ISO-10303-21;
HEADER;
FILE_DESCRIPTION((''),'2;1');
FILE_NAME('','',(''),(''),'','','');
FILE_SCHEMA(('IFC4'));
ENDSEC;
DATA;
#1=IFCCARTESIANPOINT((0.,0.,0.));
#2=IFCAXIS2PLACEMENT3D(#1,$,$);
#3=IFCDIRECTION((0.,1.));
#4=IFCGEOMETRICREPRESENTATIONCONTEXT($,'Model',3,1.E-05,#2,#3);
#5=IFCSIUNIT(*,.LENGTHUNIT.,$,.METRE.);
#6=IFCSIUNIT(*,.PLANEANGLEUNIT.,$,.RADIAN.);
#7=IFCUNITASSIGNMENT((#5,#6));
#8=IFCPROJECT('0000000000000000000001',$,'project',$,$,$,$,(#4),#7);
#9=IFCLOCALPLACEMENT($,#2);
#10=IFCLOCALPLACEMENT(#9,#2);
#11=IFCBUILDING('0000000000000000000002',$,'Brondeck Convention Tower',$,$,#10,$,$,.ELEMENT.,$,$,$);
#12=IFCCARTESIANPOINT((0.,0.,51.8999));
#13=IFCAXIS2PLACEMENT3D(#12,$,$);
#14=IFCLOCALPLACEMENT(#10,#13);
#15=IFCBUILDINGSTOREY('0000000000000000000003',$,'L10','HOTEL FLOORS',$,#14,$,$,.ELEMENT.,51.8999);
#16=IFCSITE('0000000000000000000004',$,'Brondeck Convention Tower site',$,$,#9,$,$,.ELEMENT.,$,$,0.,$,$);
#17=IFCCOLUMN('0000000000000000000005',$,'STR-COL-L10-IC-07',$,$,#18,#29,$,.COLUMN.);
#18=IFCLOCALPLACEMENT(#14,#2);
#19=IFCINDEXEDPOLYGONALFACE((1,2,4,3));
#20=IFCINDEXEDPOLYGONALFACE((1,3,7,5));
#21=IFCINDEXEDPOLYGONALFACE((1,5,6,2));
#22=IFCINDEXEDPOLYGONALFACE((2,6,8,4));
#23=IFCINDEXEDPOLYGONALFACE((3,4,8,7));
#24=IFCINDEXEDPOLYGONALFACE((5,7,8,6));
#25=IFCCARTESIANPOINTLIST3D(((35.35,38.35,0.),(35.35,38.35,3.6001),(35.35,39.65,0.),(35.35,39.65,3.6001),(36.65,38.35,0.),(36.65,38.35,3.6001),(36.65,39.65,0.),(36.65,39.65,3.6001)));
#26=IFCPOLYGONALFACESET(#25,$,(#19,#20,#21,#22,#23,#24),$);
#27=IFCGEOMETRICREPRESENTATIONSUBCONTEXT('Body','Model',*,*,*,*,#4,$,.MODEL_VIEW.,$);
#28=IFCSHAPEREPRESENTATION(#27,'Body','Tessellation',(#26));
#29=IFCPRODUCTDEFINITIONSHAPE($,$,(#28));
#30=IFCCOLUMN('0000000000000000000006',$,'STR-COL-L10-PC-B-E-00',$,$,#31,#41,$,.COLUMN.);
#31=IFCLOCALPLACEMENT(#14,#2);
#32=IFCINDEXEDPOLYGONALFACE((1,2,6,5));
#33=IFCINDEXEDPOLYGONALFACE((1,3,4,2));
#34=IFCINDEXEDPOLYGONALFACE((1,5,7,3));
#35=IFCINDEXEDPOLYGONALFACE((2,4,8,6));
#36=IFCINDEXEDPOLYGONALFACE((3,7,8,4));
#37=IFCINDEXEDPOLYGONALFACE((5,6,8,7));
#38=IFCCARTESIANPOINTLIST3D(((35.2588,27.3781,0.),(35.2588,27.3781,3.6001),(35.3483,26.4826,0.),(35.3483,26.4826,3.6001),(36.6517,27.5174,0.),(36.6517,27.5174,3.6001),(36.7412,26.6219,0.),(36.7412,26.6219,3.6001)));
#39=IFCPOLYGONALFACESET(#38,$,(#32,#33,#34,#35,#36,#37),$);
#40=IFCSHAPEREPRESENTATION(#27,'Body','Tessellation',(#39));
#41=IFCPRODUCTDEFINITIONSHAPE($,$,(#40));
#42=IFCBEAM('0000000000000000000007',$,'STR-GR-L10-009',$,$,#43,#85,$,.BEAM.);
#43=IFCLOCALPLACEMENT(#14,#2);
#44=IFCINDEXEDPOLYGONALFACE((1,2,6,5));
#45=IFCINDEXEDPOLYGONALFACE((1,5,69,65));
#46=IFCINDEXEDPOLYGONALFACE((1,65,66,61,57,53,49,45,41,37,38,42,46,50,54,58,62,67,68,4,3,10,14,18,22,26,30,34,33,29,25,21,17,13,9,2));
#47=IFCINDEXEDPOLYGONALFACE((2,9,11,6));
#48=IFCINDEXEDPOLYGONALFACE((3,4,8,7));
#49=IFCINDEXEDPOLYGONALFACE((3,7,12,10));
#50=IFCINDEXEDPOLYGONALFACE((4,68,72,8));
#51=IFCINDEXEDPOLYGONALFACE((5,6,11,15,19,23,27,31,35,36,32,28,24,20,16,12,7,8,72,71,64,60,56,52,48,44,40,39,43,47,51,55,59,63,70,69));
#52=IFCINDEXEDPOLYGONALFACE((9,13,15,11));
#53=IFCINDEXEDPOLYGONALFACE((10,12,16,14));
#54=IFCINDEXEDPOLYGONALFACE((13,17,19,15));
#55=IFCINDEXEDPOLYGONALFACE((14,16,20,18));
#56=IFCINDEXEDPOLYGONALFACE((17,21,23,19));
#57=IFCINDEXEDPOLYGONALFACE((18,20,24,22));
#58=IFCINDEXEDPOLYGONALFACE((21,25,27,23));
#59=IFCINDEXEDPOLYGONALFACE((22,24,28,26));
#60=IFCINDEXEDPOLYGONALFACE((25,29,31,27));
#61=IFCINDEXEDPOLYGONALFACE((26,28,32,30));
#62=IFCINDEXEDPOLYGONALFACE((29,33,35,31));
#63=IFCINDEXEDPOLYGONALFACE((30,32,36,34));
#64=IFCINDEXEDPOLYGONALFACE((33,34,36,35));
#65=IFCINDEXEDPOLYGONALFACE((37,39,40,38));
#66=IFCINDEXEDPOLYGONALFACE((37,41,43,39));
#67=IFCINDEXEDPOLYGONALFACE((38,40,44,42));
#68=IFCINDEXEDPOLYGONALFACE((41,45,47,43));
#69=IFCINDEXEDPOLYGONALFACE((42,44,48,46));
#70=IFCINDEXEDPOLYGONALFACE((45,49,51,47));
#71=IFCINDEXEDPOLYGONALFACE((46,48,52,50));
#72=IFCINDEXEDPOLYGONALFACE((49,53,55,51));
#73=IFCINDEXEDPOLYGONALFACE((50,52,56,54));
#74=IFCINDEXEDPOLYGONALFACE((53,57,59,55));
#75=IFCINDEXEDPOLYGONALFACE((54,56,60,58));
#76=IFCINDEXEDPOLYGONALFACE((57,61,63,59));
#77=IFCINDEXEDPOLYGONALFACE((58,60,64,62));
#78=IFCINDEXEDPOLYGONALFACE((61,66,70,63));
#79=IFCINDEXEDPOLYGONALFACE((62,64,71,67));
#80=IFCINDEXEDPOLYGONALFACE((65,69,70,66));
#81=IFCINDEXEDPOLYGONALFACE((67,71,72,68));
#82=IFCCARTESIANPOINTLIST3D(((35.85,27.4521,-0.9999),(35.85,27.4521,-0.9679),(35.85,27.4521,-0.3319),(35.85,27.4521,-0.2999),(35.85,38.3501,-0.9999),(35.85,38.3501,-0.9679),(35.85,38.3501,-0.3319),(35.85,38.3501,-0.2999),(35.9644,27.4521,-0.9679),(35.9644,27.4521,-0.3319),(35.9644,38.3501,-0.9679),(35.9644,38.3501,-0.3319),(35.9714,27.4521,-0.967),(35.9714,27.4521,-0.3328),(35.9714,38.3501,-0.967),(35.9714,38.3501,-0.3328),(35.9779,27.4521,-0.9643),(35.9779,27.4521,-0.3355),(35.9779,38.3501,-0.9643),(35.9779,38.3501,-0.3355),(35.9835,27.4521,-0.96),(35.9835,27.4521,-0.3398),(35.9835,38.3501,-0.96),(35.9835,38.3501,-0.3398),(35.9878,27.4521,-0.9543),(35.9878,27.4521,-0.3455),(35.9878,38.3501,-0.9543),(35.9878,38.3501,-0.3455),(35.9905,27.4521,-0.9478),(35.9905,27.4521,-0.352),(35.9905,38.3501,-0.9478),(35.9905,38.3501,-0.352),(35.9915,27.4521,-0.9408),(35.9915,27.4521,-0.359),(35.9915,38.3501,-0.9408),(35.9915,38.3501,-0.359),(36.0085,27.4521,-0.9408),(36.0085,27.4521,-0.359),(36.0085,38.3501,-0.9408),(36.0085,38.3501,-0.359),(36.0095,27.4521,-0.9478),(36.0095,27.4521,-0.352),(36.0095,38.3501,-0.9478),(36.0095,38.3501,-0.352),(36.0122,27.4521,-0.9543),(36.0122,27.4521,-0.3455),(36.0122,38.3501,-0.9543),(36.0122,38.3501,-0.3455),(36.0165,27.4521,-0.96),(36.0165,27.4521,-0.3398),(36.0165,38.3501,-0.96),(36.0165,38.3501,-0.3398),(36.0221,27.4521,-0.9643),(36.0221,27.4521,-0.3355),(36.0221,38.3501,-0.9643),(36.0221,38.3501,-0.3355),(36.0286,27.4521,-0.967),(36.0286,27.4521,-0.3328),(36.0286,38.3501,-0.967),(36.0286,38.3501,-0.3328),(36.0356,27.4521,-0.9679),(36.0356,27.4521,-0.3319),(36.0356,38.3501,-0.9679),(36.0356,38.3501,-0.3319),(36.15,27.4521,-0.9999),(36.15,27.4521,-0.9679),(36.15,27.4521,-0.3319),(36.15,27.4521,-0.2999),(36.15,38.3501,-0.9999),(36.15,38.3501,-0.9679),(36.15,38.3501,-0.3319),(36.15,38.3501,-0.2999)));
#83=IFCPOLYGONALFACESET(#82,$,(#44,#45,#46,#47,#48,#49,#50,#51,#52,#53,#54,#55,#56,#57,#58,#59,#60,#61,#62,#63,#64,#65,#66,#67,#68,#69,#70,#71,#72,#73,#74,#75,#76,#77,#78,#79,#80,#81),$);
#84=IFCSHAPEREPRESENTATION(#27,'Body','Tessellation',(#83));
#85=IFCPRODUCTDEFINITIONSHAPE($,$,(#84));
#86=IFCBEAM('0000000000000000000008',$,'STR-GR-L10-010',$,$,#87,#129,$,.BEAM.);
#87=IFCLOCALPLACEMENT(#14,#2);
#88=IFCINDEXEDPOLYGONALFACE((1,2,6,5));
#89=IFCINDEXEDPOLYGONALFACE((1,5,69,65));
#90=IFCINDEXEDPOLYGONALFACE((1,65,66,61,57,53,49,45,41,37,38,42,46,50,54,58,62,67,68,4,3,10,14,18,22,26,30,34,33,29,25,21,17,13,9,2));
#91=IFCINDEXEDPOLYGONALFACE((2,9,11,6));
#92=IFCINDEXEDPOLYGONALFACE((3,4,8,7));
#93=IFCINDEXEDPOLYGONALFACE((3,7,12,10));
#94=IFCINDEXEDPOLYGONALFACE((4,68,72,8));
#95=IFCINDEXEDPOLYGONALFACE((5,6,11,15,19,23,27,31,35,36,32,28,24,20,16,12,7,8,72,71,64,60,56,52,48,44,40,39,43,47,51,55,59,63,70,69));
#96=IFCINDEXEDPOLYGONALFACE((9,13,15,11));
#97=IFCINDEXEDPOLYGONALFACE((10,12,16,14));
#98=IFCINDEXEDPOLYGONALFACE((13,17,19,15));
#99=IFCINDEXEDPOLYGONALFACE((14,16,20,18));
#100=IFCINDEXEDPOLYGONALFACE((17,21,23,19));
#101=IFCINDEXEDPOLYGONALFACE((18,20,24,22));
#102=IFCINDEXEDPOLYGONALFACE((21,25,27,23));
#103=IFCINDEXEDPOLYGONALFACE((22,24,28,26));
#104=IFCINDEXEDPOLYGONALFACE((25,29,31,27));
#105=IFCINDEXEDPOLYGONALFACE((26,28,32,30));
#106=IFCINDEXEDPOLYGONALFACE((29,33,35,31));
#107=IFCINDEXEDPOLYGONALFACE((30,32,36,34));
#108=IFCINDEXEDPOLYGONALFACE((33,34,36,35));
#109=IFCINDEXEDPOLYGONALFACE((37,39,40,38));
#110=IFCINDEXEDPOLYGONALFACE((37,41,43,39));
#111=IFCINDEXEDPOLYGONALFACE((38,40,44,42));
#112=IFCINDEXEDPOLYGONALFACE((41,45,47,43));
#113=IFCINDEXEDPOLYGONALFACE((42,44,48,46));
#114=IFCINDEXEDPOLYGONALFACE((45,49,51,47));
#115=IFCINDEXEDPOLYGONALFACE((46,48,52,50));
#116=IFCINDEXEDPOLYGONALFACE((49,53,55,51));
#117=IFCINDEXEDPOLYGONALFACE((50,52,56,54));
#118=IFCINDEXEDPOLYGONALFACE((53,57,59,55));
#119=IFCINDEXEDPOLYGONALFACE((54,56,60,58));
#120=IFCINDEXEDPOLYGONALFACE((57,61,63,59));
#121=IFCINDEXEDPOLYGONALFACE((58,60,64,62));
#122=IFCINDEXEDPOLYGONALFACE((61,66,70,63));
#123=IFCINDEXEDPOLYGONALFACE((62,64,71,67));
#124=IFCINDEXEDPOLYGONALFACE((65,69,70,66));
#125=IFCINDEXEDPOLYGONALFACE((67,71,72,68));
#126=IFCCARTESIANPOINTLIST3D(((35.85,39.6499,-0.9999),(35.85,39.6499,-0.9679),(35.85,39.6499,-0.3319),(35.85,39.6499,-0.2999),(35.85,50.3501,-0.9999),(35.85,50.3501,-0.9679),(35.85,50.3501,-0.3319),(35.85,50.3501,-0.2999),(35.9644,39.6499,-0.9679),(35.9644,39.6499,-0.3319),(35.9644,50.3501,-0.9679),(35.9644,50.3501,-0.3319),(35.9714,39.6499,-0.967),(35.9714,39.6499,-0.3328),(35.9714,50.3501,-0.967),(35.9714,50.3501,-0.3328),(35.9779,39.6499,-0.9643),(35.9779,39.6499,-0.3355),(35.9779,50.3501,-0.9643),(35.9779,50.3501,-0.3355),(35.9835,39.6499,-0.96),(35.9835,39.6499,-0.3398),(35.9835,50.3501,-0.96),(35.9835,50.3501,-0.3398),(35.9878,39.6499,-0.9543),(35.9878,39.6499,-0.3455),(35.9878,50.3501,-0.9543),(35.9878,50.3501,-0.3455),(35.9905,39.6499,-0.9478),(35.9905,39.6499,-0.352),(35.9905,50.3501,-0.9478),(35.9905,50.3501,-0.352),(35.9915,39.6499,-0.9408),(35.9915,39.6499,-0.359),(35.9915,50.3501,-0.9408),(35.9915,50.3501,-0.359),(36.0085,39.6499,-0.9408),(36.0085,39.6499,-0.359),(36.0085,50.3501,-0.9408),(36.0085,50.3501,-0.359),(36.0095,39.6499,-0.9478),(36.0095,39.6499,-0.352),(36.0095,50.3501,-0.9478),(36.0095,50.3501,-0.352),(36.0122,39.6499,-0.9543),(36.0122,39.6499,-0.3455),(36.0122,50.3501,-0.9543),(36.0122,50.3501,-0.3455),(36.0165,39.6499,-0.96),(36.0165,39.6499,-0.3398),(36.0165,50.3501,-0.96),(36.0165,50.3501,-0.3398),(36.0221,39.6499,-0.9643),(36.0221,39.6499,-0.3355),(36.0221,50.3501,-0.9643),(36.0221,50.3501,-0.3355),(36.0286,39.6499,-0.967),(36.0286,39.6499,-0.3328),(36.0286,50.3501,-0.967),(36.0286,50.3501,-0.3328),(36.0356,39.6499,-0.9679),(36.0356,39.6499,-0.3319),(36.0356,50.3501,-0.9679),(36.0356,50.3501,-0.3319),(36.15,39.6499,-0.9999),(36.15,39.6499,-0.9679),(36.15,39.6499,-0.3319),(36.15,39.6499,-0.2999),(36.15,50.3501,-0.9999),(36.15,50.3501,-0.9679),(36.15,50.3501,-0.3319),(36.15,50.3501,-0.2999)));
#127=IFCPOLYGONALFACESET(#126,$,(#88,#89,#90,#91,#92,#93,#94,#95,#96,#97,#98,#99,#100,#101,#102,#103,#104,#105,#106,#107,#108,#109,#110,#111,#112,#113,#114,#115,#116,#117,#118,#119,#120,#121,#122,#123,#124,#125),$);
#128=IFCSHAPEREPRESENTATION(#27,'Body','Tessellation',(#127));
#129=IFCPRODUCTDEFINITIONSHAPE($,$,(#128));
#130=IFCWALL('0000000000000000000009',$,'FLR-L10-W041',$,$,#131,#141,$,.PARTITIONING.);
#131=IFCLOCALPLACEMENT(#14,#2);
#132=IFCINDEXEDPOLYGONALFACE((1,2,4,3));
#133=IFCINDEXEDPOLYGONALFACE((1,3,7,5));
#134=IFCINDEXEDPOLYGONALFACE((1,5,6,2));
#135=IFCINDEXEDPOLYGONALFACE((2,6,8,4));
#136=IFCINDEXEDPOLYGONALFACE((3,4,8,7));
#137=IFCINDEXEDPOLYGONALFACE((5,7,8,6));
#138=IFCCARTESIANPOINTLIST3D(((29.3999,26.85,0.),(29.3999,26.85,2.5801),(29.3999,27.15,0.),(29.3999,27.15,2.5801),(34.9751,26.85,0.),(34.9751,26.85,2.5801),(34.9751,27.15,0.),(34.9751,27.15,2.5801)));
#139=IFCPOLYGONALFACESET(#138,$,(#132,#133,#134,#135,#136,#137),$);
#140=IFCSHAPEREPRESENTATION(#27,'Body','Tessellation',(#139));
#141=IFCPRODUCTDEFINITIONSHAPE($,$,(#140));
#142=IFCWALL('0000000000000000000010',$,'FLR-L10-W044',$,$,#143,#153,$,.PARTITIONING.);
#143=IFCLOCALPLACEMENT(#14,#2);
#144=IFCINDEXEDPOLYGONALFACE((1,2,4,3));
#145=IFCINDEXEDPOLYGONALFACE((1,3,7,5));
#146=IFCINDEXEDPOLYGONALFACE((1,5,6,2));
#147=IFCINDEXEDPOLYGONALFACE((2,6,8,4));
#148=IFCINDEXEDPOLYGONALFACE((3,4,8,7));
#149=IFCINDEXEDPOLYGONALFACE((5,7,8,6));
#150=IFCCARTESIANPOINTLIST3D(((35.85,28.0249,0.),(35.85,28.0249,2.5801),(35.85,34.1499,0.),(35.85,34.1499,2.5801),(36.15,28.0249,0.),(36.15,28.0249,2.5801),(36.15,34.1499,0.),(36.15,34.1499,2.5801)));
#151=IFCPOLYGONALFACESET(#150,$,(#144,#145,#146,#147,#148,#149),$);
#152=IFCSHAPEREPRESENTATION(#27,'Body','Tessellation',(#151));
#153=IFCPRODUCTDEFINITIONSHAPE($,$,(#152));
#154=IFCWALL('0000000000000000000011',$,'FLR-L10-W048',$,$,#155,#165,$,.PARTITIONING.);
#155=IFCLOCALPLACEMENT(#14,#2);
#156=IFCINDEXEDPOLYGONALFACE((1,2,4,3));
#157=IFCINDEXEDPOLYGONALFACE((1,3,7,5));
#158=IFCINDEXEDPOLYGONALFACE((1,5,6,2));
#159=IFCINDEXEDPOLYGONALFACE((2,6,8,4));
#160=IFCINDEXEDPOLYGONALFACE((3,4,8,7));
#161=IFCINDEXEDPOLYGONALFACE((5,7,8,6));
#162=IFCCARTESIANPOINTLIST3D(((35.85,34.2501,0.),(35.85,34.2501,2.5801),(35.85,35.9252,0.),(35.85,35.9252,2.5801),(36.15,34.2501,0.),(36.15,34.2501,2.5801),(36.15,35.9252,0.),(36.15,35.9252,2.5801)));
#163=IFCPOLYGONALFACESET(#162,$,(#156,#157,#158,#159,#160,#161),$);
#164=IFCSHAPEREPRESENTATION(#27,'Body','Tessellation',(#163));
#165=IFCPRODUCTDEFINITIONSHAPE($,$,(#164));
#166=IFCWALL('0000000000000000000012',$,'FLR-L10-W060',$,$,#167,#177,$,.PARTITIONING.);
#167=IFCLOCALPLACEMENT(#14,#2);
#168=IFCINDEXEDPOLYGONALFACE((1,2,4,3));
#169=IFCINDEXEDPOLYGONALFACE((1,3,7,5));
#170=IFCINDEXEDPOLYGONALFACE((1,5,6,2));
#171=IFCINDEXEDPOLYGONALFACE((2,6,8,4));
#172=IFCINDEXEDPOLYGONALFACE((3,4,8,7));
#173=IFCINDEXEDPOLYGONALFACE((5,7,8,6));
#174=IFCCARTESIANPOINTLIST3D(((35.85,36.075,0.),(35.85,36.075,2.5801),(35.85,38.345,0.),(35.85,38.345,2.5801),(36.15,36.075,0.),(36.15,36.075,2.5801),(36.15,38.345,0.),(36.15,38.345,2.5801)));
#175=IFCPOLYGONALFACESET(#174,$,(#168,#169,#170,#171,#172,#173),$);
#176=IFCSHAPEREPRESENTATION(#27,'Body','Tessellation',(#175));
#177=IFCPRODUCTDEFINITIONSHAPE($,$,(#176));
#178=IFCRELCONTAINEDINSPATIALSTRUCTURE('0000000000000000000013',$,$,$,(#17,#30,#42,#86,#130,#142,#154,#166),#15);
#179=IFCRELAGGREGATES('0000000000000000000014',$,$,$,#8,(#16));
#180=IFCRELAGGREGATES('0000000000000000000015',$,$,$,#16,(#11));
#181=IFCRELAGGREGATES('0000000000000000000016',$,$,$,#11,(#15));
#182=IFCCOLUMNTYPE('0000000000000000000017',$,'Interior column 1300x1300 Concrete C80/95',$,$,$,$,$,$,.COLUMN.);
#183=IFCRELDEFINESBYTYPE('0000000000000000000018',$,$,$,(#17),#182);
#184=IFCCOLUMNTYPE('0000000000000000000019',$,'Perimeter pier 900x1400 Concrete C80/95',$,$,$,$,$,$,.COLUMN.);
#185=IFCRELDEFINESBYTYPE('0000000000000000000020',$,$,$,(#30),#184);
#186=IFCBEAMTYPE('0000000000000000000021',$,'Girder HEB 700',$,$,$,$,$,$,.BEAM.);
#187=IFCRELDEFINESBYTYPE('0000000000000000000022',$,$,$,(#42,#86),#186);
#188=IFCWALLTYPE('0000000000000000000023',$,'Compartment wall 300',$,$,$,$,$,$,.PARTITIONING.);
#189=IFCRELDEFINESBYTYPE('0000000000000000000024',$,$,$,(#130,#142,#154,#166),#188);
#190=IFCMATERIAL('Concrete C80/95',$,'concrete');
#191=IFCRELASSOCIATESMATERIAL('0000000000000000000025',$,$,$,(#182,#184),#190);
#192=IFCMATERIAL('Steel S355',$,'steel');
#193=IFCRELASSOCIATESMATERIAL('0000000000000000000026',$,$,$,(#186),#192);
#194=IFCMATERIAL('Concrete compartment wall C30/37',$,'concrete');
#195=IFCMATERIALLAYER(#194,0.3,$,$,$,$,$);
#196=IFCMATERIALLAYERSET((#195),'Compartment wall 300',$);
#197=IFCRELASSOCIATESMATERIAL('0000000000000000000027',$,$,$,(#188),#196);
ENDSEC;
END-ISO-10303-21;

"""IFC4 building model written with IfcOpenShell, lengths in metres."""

from ifc_helpers import new_model, si_unit, direction, frame, frame_2d, origin, origin_2d, place, context, subcontext, project, spatial, rectangle, i_section, extrude, material, layer, layer_set, material_profile, profile_set, type_object, element, save


model = new_model("IFC4")

# Units and contexts
model_context = context("Model", 3, precision=1e-05, world=origin(), true_north=direction((0.0, 1.0)))
body_context = subcontext(model_context, "Body", "Model", "MODEL_VIEW")
ifc_project = project(units=[si_unit("LENGTHUNIT", "METRE"), si_unit("PLANEANGLEUNIT", "RADIAN")], contexts=[model_context])

# Site, building, storey
site_placement = place(None, origin())
site = spatial("IfcSite", under=ifc_project, at=site_placement, Name="Brondeck Convention Tower site", CompositionType="ELEMENT", RefElevation=0.0)
building_placement = place(site_placement, origin())
building = spatial("IfcBuilding", under=site, at=building_placement, Name="Brondeck Convention Tower", CompositionType="ELEMENT")
storey_placement = place(building_placement, frame((0.0, 0.0, 51.8999)))
storey = spatial("IfcBuildingStorey", under=building, at=storey_placement, Name="L10", Description="HOTEL FLOORS", CompositionType="ELEMENT", Elevation=51.8999)

# Columns
ifc_material_1 = material(Name="Concrete C80/95", Category="concrete")
ifc_material_profile_1 = material_profile(ifc_material_1, rectangle(XDim=1.3, YDim=1.3, at=origin_2d()), Name="Interior column 1300x1300 Concrete C80/95")
ifc_profile_set_1 = profile_set([ifc_material_profile_1], Name="Concrete C80/95")
column_type_1 = type_object("IfcColumnType", Name="Interior column 1300x1300 Concrete C80/95", PredefinedType="COLUMN", material=ifc_profile_set_1)
column_1_placement = place(storey_placement, frame((36.0, 39.0, 0.0), z_axis=(0.0, 0.0, 1.0), x_axis=(1.0, 0.0, 0.0)))
element("IfcColumn", 1, at=column_1_placement, inside=storey, type_object=column_type_1, Name="STR-COL-L10-IC-07", PredefinedType="COLUMN", context=body_context, shape_type="SweptSolid", body=[
    extrude(rectangle(XDim=1.3, YDim=1.3, at=origin_2d()), origin(), (0.0, 0.0, 1.0), 3.6001),
])
ifc_material_profile_2 = material_profile(ifc_material_1, rectangle(XDim=0.8999, YDim=1.3999, at=origin_2d()), Name="Perimeter pier 900x1400 Concrete C80/95")
ifc_profile_set_2 = profile_set([ifc_material_profile_2], Name="Concrete C80/95")
column_type_2 = type_object("IfcColumnType", Name="Perimeter pier 900x1400 Concrete C80/95", PredefinedType="COLUMN", material=ifc_profile_set_2)
column_2_placement = place(storey_placement, frame((36.0, 27.0, 0.0), z_axis=(0.0, 0.0, 1.0), x_axis=(-0.099504, 0.995037, 0.0)))
element("IfcColumn", 2, at=column_2_placement, inside=storey, type_object=column_type_2, Name="STR-COL-L10-PC-B-E-00", PredefinedType="COLUMN", context=body_context, shape_type="SweptSolid", body=[
    extrude(rectangle(XDim=0.8999, YDim=1.3999, at=origin_2d()), origin(), (0.0, 0.0, 1.0), 3.6001),
])

# Beams
ifc_material_2 = material(Name="Steel S355", Category="steel")
ifc_material_profile_3 = material_profile(ifc_material_2, i_section(OverallWidth=0.3, OverallDepth=0.7, WebThickness=0.0171, FlangeThickness=0.032, FilletRadius=0.0271, at=origin_2d()), Name="HEB 700")
ifc_profile_set_3 = profile_set([ifc_material_profile_3], Name="Steel S355")
beam_type = type_object("IfcBeamType", Name="Girder HEB 700", PredefinedType="BEAM", material=ifc_profile_set_3)
beam_1_placement = place(storey_placement, frame((36.0, 27.4521, -0.6499), z_axis=(0.0, 1.0, 0.0), x_axis=(-1.0, 0.0, 0.0)))
element("IfcBeam", 3, at=beam_1_placement, inside=storey, type_object=beam_type, Name="STR-GR-L10-009", PredefinedType="BEAM", context=body_context, shape_type="SweptSolid", body=[
    extrude(i_section(OverallWidth=0.3, OverallDepth=0.7, WebThickness=0.0171, FlangeThickness=0.032, FilletRadius=0.0271, at=origin_2d()), origin(), (0.0, 0.0, 1.0), 10.8979),
])
beam_2_placement = place(storey_placement, frame((36.0, 39.6499, -0.6499), z_axis=(0.0, 1.0, 0.0), x_axis=(-1.0, 0.0, 0.0)))
element("IfcBeam", 4, at=beam_2_placement, inside=storey, type_object=beam_type, Name="STR-GR-L10-010", PredefinedType="BEAM", context=body_context, shape_type="SweptSolid", body=[
    extrude(i_section(OverallWidth=0.3, OverallDepth=0.7, WebThickness=0.0171, FlangeThickness=0.032, FilletRadius=0.0271, at=origin_2d()), origin(), (0.0, 0.0, 1.0), 10.7002),
])

# Walls
ifc_material_3 = material(Name="Concrete compartment wall C30/37", Category="concrete")
ifc_layer_1 = layer(ifc_material_3, 0.3)
ifc_layer_set_1 = layer_set([ifc_layer_1], Name="Compartment wall 300")
wall_type_1 = type_object("IfcWallType", Name="Compartment wall 300", PredefinedType="PARTITIONING", material=ifc_layer_set_1)
wall_1_placement = place(storey_placement, frame((34.9751, 27.0, 0.0), z_axis=(0.0, 0.0, 1.0), x_axis=(-1.0, 0.0, 0.0)))
element("IfcWall", 5, at=wall_1_placement, inside=storey, type_object=wall_type_1, Name="FLR-L10-W041", PredefinedType="PARTITIONING", context=body_context, shape_type="SweptSolid", body=[
    extrude(rectangle(XDim=5.5752, YDim=0.3, at=frame_2d((2.7876, 0.0))), origin(), (0.0, 0.0, 1.0), 2.5801),
])
wall_2_placement = place(storey_placement, frame((36.0, 34.1499, 0.0), z_axis=(0.0, 0.0, 1.0), x_axis=(0.0, -1.0, 0.0)))
element("IfcWall", 6, at=wall_2_placement, inside=storey, type_object=wall_type_1, Name="FLR-L10-W044", PredefinedType="PARTITIONING", context=body_context, shape_type="SweptSolid", body=[
    extrude(rectangle(XDim=6.125, YDim=0.3, at=frame_2d((3.0625, 0.0))), origin(), (0.0, 0.0, 1.0), 2.5801),
])
wall_3_placement = place(storey_placement, frame((36.0, 35.925, 0.0), z_axis=(0.0, 0.0, 1.0), x_axis=(0.0, -1.0, 0.0)))
element("IfcWall", 7, at=wall_3_placement, inside=storey, type_object=wall_type_1, Name="FLR-L10-W048", PredefinedType="PARTITIONING", context=body_context, shape_type="SweptSolid", body=[
    extrude(rectangle(XDim=1.675, YDim=0.3, at=frame_2d((0.8374, 0.0))), origin(), (0.0, 0.0, 1.0), 2.5801),
])
wall_4_placement = place(storey_placement, frame((36.0, 38.345, 0.0), z_axis=(0.0, 0.0, 1.0), x_axis=(0.0, -1.0, 0.0)))
element("IfcWall", 8, at=wall_4_placement, inside=storey, type_object=wall_type_1, Name="FLR-L10-W060", PredefinedType="PARTITIONING", context=body_context, shape_type="SweptSolid", body=[
    extrude(rectangle(XDim=2.27, YDim=0.3, at=frame_2d((1.135, 0.0))), origin(), (0.0, 0.0, 1.0), 2.5801),
])

save(model, "model.ifc")
